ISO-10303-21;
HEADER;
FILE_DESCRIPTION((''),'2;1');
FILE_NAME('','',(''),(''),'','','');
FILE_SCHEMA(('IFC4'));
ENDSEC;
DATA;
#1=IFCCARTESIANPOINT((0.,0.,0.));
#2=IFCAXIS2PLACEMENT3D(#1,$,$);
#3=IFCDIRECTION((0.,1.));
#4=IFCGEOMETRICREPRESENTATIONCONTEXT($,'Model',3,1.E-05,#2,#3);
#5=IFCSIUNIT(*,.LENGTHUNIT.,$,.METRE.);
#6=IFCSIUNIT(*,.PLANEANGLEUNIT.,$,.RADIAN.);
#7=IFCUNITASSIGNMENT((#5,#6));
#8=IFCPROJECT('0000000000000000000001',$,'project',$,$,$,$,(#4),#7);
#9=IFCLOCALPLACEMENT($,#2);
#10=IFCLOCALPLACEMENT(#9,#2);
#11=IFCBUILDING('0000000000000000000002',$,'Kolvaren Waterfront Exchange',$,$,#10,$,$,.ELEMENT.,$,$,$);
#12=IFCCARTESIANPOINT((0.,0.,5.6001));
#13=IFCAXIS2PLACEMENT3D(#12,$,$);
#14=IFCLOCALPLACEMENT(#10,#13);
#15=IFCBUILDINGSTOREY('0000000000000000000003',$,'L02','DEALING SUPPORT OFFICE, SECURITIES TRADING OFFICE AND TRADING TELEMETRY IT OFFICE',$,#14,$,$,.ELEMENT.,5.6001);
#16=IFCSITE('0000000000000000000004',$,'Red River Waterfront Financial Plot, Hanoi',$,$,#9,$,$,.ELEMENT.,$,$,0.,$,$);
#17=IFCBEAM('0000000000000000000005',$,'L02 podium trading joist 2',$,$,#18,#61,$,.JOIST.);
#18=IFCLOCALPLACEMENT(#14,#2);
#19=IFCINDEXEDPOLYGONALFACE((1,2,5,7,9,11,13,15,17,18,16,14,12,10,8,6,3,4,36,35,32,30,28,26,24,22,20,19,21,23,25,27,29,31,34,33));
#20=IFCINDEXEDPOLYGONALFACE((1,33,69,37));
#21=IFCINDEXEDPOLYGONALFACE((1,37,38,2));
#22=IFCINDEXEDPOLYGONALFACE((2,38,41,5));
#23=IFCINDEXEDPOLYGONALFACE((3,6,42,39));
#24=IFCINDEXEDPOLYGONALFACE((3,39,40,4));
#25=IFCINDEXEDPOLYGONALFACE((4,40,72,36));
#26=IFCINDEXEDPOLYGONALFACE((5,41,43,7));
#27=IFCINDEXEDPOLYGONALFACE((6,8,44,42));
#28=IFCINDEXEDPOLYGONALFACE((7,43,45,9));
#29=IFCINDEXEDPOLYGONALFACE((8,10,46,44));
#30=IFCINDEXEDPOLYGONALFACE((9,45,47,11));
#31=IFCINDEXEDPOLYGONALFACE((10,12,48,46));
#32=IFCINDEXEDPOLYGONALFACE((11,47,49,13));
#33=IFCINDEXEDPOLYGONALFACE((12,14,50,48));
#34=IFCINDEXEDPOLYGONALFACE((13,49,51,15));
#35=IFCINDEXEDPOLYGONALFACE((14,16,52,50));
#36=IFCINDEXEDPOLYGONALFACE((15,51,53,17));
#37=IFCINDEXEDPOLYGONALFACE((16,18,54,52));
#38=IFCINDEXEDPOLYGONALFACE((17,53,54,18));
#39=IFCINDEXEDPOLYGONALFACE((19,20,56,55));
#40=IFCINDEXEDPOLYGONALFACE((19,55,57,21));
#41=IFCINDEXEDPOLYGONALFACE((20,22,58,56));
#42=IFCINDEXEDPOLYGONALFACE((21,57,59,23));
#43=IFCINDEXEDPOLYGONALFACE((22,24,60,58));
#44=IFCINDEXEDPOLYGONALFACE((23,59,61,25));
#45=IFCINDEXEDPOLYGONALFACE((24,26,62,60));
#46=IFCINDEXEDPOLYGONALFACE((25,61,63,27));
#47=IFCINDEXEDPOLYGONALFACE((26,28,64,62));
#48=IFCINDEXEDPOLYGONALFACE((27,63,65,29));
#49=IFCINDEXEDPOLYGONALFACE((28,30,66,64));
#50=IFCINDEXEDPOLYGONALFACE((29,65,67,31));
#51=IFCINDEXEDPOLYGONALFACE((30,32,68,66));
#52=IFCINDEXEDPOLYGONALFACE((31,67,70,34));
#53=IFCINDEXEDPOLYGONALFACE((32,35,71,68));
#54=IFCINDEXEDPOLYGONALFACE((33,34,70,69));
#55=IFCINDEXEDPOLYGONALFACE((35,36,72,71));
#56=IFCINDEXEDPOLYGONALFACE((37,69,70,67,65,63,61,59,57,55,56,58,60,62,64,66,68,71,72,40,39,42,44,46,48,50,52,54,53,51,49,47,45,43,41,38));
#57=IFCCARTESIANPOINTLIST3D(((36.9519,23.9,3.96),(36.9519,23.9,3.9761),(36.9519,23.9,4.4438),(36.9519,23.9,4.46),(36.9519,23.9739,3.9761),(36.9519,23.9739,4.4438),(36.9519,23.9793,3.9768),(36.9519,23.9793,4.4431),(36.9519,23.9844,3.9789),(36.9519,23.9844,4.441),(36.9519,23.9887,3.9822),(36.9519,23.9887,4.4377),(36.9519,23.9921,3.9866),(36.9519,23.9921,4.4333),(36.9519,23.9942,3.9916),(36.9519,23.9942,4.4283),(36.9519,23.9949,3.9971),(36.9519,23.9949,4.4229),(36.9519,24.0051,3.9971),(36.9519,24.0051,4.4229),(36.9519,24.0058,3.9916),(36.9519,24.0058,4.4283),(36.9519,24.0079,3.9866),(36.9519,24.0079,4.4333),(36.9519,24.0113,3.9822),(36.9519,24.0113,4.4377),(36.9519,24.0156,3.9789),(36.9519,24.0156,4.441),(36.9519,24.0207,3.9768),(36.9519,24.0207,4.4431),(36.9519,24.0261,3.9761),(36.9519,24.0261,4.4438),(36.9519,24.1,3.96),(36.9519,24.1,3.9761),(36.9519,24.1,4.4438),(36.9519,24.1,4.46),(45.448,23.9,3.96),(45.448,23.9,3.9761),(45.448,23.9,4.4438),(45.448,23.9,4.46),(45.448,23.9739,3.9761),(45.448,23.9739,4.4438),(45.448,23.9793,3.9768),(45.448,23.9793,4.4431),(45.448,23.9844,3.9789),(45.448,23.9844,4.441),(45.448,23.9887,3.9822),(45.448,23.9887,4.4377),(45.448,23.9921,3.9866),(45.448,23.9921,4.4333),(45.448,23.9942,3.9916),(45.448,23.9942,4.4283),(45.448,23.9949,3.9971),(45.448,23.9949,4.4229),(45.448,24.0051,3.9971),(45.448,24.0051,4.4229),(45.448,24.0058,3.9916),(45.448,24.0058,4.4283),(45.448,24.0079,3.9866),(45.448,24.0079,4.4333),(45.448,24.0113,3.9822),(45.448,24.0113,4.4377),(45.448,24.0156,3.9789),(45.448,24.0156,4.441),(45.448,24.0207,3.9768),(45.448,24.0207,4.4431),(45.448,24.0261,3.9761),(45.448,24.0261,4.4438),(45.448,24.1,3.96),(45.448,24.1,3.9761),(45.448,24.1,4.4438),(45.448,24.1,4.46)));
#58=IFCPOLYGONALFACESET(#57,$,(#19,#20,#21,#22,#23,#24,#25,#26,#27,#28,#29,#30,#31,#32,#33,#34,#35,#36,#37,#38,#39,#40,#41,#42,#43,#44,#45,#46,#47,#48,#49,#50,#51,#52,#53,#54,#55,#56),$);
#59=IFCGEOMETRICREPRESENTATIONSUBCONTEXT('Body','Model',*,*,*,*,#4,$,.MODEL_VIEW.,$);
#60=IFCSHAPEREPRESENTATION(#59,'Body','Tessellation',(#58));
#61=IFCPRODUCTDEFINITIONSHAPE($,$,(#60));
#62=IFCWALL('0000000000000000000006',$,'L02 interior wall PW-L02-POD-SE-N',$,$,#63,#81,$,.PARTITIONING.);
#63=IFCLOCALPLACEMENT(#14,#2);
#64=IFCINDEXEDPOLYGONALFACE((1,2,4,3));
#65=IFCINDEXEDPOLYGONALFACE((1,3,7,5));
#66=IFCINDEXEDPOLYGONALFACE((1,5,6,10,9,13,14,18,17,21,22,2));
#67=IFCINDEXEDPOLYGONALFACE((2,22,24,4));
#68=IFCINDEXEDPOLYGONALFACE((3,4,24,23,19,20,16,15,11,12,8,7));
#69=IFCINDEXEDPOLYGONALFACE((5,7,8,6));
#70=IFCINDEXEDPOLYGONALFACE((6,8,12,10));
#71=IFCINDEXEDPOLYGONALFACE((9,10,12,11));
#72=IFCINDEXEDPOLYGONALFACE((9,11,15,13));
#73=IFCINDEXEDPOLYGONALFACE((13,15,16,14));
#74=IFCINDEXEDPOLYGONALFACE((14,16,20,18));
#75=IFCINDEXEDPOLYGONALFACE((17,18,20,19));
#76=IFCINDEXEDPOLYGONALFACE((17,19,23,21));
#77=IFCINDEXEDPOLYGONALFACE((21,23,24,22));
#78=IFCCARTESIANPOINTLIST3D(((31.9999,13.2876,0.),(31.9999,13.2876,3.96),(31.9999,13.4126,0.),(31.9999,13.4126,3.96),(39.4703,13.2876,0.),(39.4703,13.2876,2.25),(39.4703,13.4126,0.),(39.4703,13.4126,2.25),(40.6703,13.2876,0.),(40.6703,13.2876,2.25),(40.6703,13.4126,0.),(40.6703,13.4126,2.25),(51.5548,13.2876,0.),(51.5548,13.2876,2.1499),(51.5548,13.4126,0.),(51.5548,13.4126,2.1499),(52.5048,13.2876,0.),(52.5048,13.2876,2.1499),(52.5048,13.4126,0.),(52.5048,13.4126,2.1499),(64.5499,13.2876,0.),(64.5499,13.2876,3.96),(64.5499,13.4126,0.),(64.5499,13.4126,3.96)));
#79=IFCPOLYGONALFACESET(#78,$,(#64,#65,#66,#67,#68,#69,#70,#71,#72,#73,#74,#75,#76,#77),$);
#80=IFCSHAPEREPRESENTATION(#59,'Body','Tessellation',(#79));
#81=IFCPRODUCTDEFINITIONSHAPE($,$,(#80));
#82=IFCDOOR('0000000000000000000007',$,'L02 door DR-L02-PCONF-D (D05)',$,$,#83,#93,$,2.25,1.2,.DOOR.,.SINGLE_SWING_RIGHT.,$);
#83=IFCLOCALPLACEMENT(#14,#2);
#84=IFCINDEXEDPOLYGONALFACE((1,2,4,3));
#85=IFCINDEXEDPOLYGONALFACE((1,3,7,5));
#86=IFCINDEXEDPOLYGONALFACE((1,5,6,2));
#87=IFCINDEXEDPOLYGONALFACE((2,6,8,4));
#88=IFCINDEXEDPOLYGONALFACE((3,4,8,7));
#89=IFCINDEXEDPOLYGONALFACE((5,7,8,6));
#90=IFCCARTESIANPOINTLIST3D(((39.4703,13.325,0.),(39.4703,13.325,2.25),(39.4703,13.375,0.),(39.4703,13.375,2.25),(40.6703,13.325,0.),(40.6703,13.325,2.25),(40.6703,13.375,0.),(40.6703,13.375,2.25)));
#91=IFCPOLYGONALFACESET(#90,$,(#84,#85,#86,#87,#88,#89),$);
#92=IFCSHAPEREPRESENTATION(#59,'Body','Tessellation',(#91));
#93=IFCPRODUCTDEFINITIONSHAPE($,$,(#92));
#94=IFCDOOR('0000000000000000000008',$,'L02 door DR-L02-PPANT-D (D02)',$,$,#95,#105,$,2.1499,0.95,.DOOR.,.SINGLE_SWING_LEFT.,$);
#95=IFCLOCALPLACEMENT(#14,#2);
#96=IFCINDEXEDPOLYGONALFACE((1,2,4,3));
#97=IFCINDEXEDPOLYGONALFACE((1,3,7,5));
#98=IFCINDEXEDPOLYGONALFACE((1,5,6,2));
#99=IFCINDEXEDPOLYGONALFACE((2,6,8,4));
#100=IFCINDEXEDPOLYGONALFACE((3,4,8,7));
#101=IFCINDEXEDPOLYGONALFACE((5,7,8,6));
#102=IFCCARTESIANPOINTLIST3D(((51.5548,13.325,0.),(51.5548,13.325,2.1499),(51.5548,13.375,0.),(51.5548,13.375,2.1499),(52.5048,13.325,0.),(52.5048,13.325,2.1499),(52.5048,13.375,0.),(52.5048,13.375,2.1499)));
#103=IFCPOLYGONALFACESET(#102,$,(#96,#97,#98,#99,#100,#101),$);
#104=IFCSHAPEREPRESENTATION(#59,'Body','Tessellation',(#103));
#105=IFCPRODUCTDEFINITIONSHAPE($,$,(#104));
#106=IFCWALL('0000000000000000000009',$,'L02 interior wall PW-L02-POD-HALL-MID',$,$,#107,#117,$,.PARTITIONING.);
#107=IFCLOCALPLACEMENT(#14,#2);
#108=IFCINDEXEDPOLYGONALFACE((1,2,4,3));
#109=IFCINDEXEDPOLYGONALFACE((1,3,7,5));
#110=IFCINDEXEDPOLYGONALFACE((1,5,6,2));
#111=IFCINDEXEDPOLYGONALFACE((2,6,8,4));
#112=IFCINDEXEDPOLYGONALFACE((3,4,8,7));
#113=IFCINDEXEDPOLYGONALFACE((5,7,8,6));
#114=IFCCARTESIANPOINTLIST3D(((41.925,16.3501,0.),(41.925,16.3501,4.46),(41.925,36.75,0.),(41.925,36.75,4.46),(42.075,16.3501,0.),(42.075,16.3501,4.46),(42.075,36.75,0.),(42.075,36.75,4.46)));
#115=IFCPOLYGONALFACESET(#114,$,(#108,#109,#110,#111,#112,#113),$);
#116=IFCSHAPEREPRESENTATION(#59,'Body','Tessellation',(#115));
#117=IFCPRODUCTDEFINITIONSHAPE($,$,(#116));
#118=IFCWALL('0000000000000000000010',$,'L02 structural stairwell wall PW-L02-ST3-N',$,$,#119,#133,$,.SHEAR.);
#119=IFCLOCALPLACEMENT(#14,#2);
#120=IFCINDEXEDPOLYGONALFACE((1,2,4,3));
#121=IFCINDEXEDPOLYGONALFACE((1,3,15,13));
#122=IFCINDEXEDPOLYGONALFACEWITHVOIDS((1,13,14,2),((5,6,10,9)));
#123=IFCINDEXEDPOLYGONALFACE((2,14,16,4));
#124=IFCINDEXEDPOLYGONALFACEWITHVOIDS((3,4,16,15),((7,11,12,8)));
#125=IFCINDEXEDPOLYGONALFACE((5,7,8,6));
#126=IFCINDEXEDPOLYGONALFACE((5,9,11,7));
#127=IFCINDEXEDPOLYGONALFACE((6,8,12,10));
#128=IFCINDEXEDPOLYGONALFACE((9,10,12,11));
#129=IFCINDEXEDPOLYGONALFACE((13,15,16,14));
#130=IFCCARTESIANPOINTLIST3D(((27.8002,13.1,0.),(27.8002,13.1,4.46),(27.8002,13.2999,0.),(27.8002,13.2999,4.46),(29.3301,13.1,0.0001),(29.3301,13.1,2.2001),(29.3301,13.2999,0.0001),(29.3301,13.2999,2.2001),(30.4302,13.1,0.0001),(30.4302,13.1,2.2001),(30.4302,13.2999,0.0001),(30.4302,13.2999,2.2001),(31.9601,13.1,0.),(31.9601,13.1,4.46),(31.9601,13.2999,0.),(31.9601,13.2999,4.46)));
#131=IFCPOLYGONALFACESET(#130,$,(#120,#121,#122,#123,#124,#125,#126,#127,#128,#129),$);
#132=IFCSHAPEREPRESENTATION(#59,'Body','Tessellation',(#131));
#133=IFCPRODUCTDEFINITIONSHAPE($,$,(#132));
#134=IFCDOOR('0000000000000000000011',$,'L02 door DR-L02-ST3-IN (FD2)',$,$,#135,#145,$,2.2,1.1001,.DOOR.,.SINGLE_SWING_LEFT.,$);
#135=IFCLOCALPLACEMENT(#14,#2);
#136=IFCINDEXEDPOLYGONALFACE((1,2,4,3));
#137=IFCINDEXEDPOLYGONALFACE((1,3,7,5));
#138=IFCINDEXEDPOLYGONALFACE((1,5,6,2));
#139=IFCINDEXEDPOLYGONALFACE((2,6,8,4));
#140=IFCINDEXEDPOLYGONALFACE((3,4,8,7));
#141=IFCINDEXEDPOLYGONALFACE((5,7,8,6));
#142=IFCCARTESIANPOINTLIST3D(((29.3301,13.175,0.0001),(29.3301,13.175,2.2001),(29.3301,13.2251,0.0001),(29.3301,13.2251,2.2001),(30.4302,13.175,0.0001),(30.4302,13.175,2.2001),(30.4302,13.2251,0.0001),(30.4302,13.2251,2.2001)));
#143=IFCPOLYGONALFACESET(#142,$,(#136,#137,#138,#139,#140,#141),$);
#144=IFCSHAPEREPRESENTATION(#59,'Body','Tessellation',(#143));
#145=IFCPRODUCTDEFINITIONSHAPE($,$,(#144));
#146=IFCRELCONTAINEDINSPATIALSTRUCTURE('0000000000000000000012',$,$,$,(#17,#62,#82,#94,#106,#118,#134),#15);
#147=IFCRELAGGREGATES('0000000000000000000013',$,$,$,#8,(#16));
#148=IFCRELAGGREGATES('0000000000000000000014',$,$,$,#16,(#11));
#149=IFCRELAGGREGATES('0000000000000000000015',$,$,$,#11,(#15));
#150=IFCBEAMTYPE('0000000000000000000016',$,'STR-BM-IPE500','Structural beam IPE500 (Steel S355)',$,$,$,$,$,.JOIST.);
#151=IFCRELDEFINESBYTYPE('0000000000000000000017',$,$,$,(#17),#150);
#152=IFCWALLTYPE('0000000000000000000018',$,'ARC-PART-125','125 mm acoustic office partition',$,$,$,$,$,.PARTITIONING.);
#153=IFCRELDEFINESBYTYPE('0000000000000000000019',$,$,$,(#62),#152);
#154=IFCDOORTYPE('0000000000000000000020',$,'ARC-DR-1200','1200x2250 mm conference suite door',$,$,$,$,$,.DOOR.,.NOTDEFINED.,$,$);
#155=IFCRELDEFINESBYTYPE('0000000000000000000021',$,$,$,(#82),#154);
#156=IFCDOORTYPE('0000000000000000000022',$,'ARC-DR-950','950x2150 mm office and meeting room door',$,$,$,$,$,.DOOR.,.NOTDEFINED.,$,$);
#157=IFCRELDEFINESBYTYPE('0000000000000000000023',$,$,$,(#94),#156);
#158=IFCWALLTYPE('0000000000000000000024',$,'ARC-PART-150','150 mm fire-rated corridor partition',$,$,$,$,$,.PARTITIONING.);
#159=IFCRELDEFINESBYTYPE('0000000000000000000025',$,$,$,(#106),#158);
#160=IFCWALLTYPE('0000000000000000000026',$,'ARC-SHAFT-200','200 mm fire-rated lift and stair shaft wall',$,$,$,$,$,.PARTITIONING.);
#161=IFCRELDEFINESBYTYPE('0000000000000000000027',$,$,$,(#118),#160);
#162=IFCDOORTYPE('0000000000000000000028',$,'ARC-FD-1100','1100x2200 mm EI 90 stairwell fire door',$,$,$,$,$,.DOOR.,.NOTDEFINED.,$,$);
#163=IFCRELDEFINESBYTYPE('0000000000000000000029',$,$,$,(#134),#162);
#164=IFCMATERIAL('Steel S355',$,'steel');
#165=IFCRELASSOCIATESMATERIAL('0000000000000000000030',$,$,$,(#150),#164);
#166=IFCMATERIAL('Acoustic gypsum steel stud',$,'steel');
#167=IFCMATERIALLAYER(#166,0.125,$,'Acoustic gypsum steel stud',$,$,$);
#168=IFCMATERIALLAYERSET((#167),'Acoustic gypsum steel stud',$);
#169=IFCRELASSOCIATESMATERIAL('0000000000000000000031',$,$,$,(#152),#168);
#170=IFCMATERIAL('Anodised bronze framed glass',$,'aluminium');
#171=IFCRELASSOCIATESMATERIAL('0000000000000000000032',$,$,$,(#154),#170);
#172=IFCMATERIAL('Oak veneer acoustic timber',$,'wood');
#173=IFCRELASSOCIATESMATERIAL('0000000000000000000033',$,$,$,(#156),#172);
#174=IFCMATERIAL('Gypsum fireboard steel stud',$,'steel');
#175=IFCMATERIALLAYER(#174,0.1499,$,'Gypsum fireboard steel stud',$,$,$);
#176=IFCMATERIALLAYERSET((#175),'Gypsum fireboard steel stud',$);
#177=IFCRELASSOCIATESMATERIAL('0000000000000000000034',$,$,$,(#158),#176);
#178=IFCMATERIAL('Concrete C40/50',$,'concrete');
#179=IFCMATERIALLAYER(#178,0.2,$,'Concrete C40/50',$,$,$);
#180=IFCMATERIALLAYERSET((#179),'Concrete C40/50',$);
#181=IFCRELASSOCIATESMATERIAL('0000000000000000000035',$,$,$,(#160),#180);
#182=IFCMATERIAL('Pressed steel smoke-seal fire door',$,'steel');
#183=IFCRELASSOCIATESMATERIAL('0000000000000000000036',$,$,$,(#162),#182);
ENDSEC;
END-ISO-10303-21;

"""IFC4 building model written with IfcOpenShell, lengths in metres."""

from ifc_helpers import new_model, si_unit, direction, frame, frame_2d, origin, origin_2d, place, context, subcontext, project, spatial, rectangle, i_section, extrude, material, layer, layer_set, material_profile, profile_set, type_object, element, fill, save


model = new_model("IFC4")

# Units and contexts
model_context = context("Model", 3, precision=1e-05, world=origin(), true_north=direction((0.0, 1.0)))
body_context = subcontext(model_context, "Body", "Model", "MODEL_VIEW")
ifc_project = project(units=[si_unit("LENGTHUNIT", "METRE"), si_unit("PLANEANGLEUNIT", "RADIAN")], contexts=[model_context])

# Site, building, storey
site_placement = place(None, origin())
site = spatial("IfcSite", under=ifc_project, at=site_placement, Name="Red River Waterfront Financial Plot, Hanoi", CompositionType="ELEMENT", RefElevation=0.0)
building_placement = place(site_placement, origin())
building = spatial("IfcBuilding", under=site, at=building_placement, Name="Kolvaren Waterfront Exchange", CompositionType="ELEMENT")
storey_placement = place(building_placement, frame((0.0, 0.0, 5.6001)))
storey = spatial("IfcBuildingStorey", under=building, at=storey_placement, Name="L02", Description="DEALING SUPPORT OFFICE, SECURITIES TRADING OFFICE AND TRADING TELEMETRY IT OFFICE", CompositionType="ELEMENT", Elevation=5.6001)

# Beam
ifc_material_1 = material(Name="Steel S355", Category="steel")
ifc_material_profile_1 = material_profile(ifc_material_1, i_section(OverallWidth=0.2, OverallDepth=0.5, WebThickness=0.0103, FlangeThickness=0.0161, FilletRadius=0.021, at=origin_2d()), Name="IPE500")
ifc_profile_set_1 = profile_set([ifc_material_profile_1], Name="Steel S355")
beam_type_1 = type_object("IfcBeamType", Name="STR-BM-IPE500", Description="Structural beam IPE500 (Steel S355)", PredefinedType="JOIST", material=ifc_profile_set_1)
beam_1_placement = place(storey_placement, frame((36.9519, 24.0, 4.21), z_axis=(1.0, 0.0, 0.0), x_axis=(0.0, 1.0, 0.0)))
element("IfcBeam", 1, at=beam_1_placement, inside=storey, type_object=beam_type_1, Name="L02 podium trading joist 2", PredefinedType="JOIST", context=body_context, shape_type="SweptSolid", body=[
    extrude(i_section(OverallWidth=0.2, OverallDepth=0.5, WebThickness=0.0103, FlangeThickness=0.0161, FilletRadius=0.021, at=origin_2d()), origin(), (0.0, 0.0, 1.0), 8.4961),
])

# Wall, openings, doors
ifc_material_2 = material(Name="Acoustic gypsum steel stud", Category="steel")
ifc_layer_1 = layer(ifc_material_2, 0.125, Name="Acoustic gypsum steel stud")
ifc_layer_set_1 = layer_set([ifc_layer_1], Name="Acoustic gypsum steel stud")
wall_type_1 = type_object("IfcWallType", Name="ARC-PART-125", Description="125 mm acoustic office partition", PredefinedType="PARTITIONING", material=ifc_layer_set_1)
wall_1_placement = place(storey_placement, frame((32.0, 13.3501, 0.0), z_axis=(0.0, 0.0, 1.0), x_axis=(1.0, 0.0, 0.0)))
wall_1 = element("IfcWall", 2, at=wall_1_placement, inside=storey, type_object=wall_type_1, Name="L02 interior wall PW-L02-POD-SE-N", PredefinedType="PARTITIONING", context=body_context, shape_type="SweptSolid", body=[
    extrude(rectangle(XDim=32.55, YDim=0.125, at=frame_2d((16.2749, 0.0))), origin(), (0.0, 0.0, 1.0), 3.96),
])
opening_1_placement = place(wall_1_placement, frame((7.4702, 0.0, 0.0)))
opening_1 = element("IfcOpeningElement", 3, at=opening_1_placement, cuts=wall_1, PredefinedType="OPENING", context=body_context, shape_type="SweptSolid", body=[
    extrude(rectangle(XDim=1.2, YDim=2.25, at=frame_2d((0.6001, 1.125))), frame((0.0, 0.0725, 0.0), z_axis=(0.0, -1.0, 0.0), x_axis=(1.0, 0.0, 0.0)), (0.0, 0.0, 1.0), 0.145),
])
opening_2_placement = place(wall_1_placement, frame((19.5547, 0.0, 0.0)))
opening_2 = element("IfcOpeningElement", 4, at=opening_2_placement, cuts=wall_1, PredefinedType="OPENING", context=body_context, shape_type="SweptSolid", body=[
    extrude(rectangle(XDim=0.95, YDim=2.1499, at=frame_2d((0.4751, 1.075))), frame((0.0, 0.0725, 0.0), z_axis=(0.0, -1.0, 0.0), x_axis=(1.0, 0.0, 0.0)), (0.0, 0.0, 1.0), 0.145),
])
ifc_material_3 = material(Name="Anodised bronze framed glass", Category="aluminium")
door_type_1 = type_object("IfcDoorType", Name="ARC-DR-1200", Description="1200x2250 mm conference suite door", OperationType="NOTDEFINED", PredefinedType="DOOR", material=ifc_material_3)
door_1_placement = place(opening_1_placement, origin())
door_1 = element("IfcDoor", 5, at=door_1_placement, inside=storey, type_object=door_type_1, Name="L02 door DR-L02-PCONF-D (D05)", OperationType="SINGLE_SWING_RIGHT", OverallHeight=2.25, OverallWidth=1.2, PredefinedType="DOOR", context=body_context, shape_type="SweptSolid", body=[
    extrude(rectangle(XDim=1.2, YDim=2.25, at=frame_2d((0.6001, 1.125))), frame((0.0, 0.0249, 0.0), z_axis=(0.0, -1.0, 0.0), x_axis=(1.0, 0.0, 0.0)), (0.0, 0.0, 1.0), 0.05),
])
fill(opening_1, door_1)
ifc_material_4 = material(Name="Oak veneer acoustic timber", Category="wood")
door_type_2 = type_object("IfcDoorType", Name="ARC-DR-950", Description="950x2150 mm office and meeting room door", OperationType="NOTDEFINED", PredefinedType="DOOR", material=ifc_material_4)
door_2_placement = place(opening_2_placement, origin())
door_2 = element("IfcDoor", 6, at=door_2_placement, inside=storey, type_object=door_type_2, Name="L02 door DR-L02-PPANT-D (D02)", OperationType="SINGLE_SWING_LEFT", OverallHeight=2.1499, OverallWidth=0.95, PredefinedType="DOOR", context=body_context, shape_type="SweptSolid", body=[
    extrude(rectangle(XDim=0.95, YDim=2.1499, at=frame_2d((0.4751, 1.075))), frame((0.0, 0.0249, 0.0), z_axis=(0.0, -1.0, 0.0), x_axis=(1.0, 0.0, 0.0)), (0.0, 0.0, 1.0), 0.05),
])
fill(opening_2, door_2)

# Wall
ifc_material_5 = material(Name="Gypsum fireboard steel stud", Category="steel")
ifc_layer_2 = layer(ifc_material_5, 0.1499, Name="Gypsum fireboard steel stud")
ifc_layer_set_2 = layer_set([ifc_layer_2], Name="Gypsum fireboard steel stud")
wall_type_2 = type_object("IfcWallType", Name="ARC-PART-150", Description="150 mm fire-rated corridor partition", PredefinedType="PARTITIONING", material=ifc_layer_set_2)
wall_2_placement = place(storey_placement, frame((42.0, 16.3501, 0.0), z_axis=(0.0, 0.0, 1.0), x_axis=(0.0, 1.0, 0.0)))
element("IfcWall", 7, at=wall_2_placement, inside=storey, type_object=wall_type_2, Name="L02 interior wall PW-L02-POD-HALL-MID", PredefinedType="PARTITIONING", context=body_context, shape_type="SweptSolid", body=[
    extrude(rectangle(XDim=20.3999, YDim=0.1499, at=frame_2d((10.2, 0.0))), origin(), (0.0, 0.0, 1.0), 4.46),
])

# Wall, opening, door
ifc_material_6 = material(Name="Concrete C40/50", Category="concrete")
ifc_layer_3 = layer(ifc_material_6, 0.2, Name="Concrete C40/50")
ifc_layer_set_3 = layer_set([ifc_layer_3], Name="Concrete C40/50")
wall_type_3 = type_object("IfcWallType", Name="ARC-SHAFT-200", Description="200 mm fire-rated lift and stair shaft wall", PredefinedType="PARTITIONING", material=ifc_layer_set_3)
wall_3_placement = place(storey_placement, frame((27.8, 13.2, 0.0), z_axis=(0.0, 0.0, 1.0), x_axis=(1.0, 0.0, 0.0)))
wall_3 = element("IfcWall", 8, at=wall_3_placement, inside=storey, type_object=wall_type_3, Name="L02 structural stairwell wall PW-L02-ST3-N", PredefinedType="SHEAR", context=body_context, shape_type="SweptSolid", body=[
    extrude(rectangle(XDim=4.1599, YDim=0.2, at=frame_2d((2.0801, 0.0))), origin(), (0.0, 0.0, 1.0), 4.46),
])
opening_3_placement = place(wall_3_placement, frame((1.53, 0.0, 0.0)))
opening_3 = element("IfcOpeningElement", 9, at=opening_3_placement, cuts=wall_3, PredefinedType="OPENING", context=body_context, shape_type="SweptSolid", body=[
    extrude(rectangle(XDim=1.1001, YDim=2.2, at=frame_2d((0.55, 1.1001))), frame((0.0, 0.1099, 0.0), z_axis=(0.0, -1.0, 0.0), x_axis=(1.0, 0.0, 0.0)), (0.0, 0.0, 1.0), 0.22),
])
ifc_material_7 = material(Name="Pressed steel smoke-seal fire door", Category="steel")
door_type_3 = type_object("IfcDoorType", Name="ARC-FD-1100", Description="1100x2200 mm EI 90 stairwell fire door", OperationType="NOTDEFINED", PredefinedType="DOOR", material=ifc_material_7)
door_3_placement = place(opening_3_placement, frame((1.1001, 0.0, 0.0), z_axis=(0.0, 0.0, 1.0), x_axis=(-1.0, 0.0, 0.0)))
door_3 = element("IfcDoor", 10, at=door_3_placement, inside=storey, type_object=door_type_3, Name="L02 door DR-L02-ST3-IN (FD2)", OperationType="SINGLE_SWING_LEFT", OverallHeight=2.2, OverallWidth=1.1001, PredefinedType="DOOR", context=body_context, shape_type="SweptSolid", body=[
    extrude(rectangle(XDim=1.1001, YDim=2.2, at=frame_2d((0.55, 1.1001))), frame((0.0, 0.0249, 0.0), z_axis=(0.0, -1.0, 0.0), x_axis=(1.0, 0.0, 0.0)), (0.0, 0.0, 1.0), 0.05),
])
fill(opening_3, door_3)

save(model, "model.ifc")
